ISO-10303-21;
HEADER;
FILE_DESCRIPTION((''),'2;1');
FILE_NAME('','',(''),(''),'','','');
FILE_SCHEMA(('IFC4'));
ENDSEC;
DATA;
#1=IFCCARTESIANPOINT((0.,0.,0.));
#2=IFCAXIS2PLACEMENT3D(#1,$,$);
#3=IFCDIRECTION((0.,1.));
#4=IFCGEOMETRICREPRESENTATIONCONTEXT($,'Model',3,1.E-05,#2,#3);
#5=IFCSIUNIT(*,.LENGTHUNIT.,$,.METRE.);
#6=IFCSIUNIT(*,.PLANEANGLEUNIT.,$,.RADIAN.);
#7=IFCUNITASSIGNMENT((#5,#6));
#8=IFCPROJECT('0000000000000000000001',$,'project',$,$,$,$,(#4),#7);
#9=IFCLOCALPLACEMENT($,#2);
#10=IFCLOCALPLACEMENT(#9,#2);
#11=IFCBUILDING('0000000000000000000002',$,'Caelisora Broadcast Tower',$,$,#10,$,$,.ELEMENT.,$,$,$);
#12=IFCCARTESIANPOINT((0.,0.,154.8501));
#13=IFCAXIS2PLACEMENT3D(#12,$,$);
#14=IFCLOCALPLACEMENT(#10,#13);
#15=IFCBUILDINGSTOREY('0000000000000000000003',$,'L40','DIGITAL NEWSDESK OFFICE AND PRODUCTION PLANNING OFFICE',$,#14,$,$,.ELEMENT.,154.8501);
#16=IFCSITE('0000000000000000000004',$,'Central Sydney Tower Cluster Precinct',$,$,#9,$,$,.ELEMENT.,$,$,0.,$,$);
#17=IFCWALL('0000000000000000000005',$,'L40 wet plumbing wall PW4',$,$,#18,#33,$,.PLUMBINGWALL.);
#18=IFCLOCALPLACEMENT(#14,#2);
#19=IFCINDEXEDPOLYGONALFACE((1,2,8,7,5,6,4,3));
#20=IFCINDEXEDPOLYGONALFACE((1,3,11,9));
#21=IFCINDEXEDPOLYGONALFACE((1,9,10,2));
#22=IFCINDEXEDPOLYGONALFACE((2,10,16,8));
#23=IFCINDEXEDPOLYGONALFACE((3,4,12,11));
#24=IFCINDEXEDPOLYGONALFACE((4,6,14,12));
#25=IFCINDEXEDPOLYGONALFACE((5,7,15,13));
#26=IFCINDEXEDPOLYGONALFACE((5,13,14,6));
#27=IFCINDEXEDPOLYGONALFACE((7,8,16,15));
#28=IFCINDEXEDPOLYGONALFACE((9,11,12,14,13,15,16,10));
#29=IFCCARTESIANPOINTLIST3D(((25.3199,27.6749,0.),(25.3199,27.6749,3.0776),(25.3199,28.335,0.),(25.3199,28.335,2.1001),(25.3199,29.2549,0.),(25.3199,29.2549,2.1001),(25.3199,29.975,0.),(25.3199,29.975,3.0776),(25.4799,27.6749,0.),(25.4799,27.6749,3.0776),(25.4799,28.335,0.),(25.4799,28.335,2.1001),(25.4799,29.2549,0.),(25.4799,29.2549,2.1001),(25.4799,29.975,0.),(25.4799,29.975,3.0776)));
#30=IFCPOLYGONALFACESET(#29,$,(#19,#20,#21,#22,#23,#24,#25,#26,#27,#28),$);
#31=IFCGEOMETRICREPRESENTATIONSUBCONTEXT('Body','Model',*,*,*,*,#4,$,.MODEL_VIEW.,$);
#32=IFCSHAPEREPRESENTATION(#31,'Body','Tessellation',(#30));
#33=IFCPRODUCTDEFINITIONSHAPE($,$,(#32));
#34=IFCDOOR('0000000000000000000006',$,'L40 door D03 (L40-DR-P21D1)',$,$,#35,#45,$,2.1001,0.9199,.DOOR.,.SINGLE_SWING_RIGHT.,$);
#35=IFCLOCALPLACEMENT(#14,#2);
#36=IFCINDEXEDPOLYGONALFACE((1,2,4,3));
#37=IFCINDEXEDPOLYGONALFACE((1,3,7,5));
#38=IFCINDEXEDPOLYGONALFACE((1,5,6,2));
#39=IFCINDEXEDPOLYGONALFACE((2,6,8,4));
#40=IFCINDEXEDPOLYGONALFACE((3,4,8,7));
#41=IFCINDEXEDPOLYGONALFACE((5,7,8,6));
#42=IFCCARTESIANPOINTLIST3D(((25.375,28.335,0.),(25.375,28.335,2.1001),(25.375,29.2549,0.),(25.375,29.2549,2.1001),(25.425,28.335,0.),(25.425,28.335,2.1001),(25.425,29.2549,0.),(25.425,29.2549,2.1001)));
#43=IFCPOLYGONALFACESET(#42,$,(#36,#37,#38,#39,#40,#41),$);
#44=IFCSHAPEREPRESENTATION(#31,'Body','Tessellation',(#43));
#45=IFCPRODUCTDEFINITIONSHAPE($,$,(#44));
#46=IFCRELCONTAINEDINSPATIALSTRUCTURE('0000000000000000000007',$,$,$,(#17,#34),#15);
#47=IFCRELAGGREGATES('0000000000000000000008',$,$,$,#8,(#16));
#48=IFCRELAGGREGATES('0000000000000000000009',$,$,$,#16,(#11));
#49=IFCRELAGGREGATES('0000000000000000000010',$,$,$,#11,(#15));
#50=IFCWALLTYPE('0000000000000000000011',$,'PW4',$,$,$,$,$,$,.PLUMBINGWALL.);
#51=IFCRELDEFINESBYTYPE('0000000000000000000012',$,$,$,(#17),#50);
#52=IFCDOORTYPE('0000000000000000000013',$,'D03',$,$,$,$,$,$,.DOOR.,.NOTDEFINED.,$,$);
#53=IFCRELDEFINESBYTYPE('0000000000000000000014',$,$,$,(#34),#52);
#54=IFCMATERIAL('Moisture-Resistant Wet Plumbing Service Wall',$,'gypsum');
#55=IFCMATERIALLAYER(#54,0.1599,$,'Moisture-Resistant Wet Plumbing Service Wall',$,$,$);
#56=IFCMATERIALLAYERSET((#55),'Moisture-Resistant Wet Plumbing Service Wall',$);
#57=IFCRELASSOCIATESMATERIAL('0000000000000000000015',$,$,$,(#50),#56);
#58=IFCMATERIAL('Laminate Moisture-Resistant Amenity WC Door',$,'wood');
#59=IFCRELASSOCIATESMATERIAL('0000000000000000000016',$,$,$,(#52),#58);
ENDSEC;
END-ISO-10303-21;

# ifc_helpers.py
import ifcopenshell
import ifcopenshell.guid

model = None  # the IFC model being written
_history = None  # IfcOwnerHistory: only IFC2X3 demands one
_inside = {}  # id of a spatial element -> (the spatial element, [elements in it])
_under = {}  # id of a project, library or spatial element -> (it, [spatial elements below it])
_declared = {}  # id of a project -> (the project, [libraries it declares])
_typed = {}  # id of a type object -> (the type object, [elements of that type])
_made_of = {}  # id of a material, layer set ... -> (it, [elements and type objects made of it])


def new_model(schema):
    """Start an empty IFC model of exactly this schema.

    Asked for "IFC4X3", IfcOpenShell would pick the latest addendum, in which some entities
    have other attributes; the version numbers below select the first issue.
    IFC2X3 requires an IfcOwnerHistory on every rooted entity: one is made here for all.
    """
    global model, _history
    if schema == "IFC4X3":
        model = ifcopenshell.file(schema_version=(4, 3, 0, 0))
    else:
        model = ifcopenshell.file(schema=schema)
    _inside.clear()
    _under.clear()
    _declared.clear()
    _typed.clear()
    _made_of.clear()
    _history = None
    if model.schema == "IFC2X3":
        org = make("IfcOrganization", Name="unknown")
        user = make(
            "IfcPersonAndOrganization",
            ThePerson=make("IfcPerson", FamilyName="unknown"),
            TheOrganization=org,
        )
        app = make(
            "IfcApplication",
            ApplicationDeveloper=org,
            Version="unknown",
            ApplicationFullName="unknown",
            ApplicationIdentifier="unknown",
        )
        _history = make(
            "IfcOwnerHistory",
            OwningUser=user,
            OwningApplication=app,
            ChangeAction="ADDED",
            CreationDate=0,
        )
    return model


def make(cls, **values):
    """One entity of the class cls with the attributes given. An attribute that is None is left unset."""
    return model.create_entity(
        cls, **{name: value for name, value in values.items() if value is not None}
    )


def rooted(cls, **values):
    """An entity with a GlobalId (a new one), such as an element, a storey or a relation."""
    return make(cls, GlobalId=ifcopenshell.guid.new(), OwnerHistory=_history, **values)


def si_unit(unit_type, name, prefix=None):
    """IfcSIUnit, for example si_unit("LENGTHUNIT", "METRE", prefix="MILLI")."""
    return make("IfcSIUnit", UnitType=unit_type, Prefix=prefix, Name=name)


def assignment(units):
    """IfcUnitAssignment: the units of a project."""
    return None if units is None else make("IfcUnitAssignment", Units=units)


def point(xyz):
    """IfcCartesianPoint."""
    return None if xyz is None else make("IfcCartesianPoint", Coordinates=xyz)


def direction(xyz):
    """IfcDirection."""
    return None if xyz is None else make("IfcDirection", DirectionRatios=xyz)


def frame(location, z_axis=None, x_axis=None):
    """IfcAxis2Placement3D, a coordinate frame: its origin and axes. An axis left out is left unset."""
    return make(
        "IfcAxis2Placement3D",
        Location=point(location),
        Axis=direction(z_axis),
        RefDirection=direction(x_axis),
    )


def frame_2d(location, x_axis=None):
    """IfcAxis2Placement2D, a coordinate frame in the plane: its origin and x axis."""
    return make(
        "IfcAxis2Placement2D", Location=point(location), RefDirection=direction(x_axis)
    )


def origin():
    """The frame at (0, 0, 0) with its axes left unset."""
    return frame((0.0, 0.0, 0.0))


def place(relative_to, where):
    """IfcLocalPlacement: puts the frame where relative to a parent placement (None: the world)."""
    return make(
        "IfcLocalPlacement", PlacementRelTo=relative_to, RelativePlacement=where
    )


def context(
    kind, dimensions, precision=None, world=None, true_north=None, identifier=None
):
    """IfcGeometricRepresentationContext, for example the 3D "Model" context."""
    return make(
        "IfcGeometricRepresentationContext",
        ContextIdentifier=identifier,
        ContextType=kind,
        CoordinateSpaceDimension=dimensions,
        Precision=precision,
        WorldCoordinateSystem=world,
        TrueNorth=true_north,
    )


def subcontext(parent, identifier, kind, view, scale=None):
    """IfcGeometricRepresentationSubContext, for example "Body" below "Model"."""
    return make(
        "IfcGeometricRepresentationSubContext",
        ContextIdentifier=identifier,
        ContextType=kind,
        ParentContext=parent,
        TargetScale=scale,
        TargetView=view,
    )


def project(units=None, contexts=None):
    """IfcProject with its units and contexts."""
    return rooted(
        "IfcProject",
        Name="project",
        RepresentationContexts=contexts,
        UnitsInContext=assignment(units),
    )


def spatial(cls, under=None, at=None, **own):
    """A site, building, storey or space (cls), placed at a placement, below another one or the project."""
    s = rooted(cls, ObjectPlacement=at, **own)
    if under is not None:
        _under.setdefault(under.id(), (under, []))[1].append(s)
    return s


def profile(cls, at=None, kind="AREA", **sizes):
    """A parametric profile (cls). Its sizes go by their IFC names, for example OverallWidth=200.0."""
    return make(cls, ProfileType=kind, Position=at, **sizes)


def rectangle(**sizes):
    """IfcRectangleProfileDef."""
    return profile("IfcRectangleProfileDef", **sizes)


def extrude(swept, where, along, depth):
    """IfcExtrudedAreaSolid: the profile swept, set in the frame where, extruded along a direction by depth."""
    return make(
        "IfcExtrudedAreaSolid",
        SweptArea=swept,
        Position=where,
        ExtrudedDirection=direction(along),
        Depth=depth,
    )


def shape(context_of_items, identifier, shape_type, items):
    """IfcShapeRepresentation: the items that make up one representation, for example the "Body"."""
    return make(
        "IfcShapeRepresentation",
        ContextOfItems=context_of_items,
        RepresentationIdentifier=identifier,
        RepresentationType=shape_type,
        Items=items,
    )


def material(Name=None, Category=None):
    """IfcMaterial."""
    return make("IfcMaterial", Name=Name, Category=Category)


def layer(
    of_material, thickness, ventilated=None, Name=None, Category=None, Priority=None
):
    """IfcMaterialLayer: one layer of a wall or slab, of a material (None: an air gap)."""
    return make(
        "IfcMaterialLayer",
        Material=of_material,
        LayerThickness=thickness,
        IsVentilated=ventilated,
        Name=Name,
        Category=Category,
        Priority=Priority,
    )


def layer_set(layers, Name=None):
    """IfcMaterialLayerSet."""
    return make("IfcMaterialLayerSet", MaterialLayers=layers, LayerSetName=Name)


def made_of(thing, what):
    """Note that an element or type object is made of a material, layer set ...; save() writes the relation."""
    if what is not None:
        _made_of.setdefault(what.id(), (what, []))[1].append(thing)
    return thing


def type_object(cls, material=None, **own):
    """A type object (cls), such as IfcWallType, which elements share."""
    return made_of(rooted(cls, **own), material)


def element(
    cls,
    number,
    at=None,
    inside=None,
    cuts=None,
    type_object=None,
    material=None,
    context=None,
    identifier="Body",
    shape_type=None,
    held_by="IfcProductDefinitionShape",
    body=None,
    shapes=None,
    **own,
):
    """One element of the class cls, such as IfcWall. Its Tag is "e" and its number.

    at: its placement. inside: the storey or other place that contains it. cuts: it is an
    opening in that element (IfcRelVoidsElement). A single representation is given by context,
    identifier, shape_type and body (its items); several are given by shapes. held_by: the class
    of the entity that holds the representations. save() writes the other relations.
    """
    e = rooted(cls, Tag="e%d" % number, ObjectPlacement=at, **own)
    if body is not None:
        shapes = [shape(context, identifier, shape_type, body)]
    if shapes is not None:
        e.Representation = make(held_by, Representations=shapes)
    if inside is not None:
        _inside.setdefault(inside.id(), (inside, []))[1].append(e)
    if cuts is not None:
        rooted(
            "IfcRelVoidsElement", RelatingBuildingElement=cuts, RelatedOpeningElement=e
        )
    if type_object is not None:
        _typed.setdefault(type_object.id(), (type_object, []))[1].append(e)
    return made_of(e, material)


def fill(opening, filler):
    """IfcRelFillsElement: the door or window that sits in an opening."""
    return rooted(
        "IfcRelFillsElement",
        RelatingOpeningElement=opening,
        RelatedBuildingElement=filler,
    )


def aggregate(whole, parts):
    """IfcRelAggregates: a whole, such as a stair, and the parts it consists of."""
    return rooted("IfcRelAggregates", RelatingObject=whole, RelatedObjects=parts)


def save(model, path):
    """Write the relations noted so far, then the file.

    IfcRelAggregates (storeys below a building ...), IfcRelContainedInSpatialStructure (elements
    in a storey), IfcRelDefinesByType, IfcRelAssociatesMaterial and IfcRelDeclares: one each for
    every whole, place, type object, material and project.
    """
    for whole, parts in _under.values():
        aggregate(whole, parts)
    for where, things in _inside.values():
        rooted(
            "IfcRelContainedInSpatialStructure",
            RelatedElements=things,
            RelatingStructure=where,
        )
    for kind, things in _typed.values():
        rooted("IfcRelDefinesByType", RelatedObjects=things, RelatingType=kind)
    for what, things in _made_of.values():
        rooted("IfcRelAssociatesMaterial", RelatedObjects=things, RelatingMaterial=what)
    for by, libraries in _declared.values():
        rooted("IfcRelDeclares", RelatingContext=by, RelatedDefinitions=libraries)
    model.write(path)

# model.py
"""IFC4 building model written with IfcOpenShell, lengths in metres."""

from ifc_helpers import new_model, si_unit, direction, frame, frame_2d, origin, place, context, subcontext, project, spatial, rectangle, extrude, material, layer, layer_set, type_object, element, fill, save


model = new_model("IFC4")

# Units and contexts
model_context = context("Model", 3, precision=1e-05, world=origin(), true_north=direction((0.0, 1.0)))
body_context = subcontext(model_context, "Body", "Model", "MODEL_VIEW")
ifc_project = project(units=[si_unit("LENGTHUNIT", "METRE"), si_unit("PLANEANGLEUNIT", "RADIAN")], contexts=[model_context])

# Site, building, storey
site_placement = place(None, origin())
site = spatial("IfcSite", under=ifc_project, at=site_placement, Name="Central Sydney Tower Cluster Precinct", CompositionType="ELEMENT", RefElevation=0.0)
building_placement = place(site_placement, origin())
building = spatial("IfcBuilding", under=site, at=building_placement, Name="Caelisora Broadcast Tower", CompositionType="ELEMENT")
storey_placement = place(building_placement, frame((0.0, 0.0, 154.8501)))
storey = spatial("IfcBuildingStorey", under=building, at=storey_placement, Name="L40", Description="DIGITAL NEWSDESK OFFICE AND PRODUCTION PLANNING OFFICE", CompositionType="ELEMENT", Elevation=154.8501)

# Wall, opening, door
ifc_material_1 = material(Name="Moisture-Resistant Wet Plumbing Service Wall", Category="gypsum")
ifc_layer_1 = layer(ifc_material_1, 0.1599, Name="Moisture-Resistant Wet Plumbing Service Wall")
ifc_layer_set_1 = layer_set([ifc_layer_1], Name="Moisture-Resistant Wet Plumbing Service Wall")
wall_type_1 = type_object("IfcWallType", Name="PW4", PredefinedType="PLUMBINGWALL", material=ifc_layer_set_1)
ifc_material_2 = material(Name="Laminate Moisture-Resistant Amenity WC Door", Category="wood")
door_type_1 = type_object("IfcDoorType", Name="D03", OperationType="NOTDEFINED", PredefinedType="DOOR", material=ifc_material_2)
wall_1_placement = place(storey_placement, frame((25.3999, 27.675, 0.0), z_axis=(0.0, 0.0, 1.0), x_axis=(0.0, 1.0, 0.0)))
wall_1 = element("IfcWall", 1, at=wall_1_placement, inside=storey, type_object=wall_type_1, Name="L40 wet plumbing wall PW4", PredefinedType="PLUMBINGWALL", context=body_context, shape_type="SweptSolid", body=[
    extrude(rectangle(XDim=2.3, YDim=0.1599, at=frame_2d((1.1499, 0.0))), origin(), (0.0, 0.0, 1.0), 3.0776),
])
opening_1_placement = place(wall_1_placement, frame((0.6599, 0.0, 0.0)))
opening_1 = element("IfcOpeningElement", 2, at=opening_1_placement, cuts=wall_1, PredefinedType="OPENING", context=body_context, shape_type="SweptSolid", body=[
    extrude(rectangle(XDim=0.9199, YDim=2.1001, at=frame_2d((0.46, 1.05))), frame((0.0, 0.092, 0.0), z_axis=(0.0, -1.0, 0.0), x_axis=(1.0, 0.0, 0.0)), (0.0, 0.0, 1.0), 0.1838),
])
door_1_placement = place(opening_1_placement, origin())
door_1 = element("IfcDoor", 3, at=door_1_placement, inside=storey, type_object=door_type_1, Name="L40 door D03 (L40-DR-P21D1)", OperationType="SINGLE_SWING_RIGHT", OverallHeight=2.1001, OverallWidth=0.9199, PredefinedType="DOOR", context=body_context, shape_type="SweptSolid", body=[
    extrude(rectangle(XDim=0.9199, YDim=2.1001, at=frame_2d((0.46, 1.05))), frame((0.0, 0.0249, 0.0), z_axis=(0.0, -1.0, 0.0), x_axis=(1.0, 0.0, 0.0)), (0.0, 0.0, 1.0), 0.05),
])
fill(opening_1, door_1)

save(model, "model.ifc")
